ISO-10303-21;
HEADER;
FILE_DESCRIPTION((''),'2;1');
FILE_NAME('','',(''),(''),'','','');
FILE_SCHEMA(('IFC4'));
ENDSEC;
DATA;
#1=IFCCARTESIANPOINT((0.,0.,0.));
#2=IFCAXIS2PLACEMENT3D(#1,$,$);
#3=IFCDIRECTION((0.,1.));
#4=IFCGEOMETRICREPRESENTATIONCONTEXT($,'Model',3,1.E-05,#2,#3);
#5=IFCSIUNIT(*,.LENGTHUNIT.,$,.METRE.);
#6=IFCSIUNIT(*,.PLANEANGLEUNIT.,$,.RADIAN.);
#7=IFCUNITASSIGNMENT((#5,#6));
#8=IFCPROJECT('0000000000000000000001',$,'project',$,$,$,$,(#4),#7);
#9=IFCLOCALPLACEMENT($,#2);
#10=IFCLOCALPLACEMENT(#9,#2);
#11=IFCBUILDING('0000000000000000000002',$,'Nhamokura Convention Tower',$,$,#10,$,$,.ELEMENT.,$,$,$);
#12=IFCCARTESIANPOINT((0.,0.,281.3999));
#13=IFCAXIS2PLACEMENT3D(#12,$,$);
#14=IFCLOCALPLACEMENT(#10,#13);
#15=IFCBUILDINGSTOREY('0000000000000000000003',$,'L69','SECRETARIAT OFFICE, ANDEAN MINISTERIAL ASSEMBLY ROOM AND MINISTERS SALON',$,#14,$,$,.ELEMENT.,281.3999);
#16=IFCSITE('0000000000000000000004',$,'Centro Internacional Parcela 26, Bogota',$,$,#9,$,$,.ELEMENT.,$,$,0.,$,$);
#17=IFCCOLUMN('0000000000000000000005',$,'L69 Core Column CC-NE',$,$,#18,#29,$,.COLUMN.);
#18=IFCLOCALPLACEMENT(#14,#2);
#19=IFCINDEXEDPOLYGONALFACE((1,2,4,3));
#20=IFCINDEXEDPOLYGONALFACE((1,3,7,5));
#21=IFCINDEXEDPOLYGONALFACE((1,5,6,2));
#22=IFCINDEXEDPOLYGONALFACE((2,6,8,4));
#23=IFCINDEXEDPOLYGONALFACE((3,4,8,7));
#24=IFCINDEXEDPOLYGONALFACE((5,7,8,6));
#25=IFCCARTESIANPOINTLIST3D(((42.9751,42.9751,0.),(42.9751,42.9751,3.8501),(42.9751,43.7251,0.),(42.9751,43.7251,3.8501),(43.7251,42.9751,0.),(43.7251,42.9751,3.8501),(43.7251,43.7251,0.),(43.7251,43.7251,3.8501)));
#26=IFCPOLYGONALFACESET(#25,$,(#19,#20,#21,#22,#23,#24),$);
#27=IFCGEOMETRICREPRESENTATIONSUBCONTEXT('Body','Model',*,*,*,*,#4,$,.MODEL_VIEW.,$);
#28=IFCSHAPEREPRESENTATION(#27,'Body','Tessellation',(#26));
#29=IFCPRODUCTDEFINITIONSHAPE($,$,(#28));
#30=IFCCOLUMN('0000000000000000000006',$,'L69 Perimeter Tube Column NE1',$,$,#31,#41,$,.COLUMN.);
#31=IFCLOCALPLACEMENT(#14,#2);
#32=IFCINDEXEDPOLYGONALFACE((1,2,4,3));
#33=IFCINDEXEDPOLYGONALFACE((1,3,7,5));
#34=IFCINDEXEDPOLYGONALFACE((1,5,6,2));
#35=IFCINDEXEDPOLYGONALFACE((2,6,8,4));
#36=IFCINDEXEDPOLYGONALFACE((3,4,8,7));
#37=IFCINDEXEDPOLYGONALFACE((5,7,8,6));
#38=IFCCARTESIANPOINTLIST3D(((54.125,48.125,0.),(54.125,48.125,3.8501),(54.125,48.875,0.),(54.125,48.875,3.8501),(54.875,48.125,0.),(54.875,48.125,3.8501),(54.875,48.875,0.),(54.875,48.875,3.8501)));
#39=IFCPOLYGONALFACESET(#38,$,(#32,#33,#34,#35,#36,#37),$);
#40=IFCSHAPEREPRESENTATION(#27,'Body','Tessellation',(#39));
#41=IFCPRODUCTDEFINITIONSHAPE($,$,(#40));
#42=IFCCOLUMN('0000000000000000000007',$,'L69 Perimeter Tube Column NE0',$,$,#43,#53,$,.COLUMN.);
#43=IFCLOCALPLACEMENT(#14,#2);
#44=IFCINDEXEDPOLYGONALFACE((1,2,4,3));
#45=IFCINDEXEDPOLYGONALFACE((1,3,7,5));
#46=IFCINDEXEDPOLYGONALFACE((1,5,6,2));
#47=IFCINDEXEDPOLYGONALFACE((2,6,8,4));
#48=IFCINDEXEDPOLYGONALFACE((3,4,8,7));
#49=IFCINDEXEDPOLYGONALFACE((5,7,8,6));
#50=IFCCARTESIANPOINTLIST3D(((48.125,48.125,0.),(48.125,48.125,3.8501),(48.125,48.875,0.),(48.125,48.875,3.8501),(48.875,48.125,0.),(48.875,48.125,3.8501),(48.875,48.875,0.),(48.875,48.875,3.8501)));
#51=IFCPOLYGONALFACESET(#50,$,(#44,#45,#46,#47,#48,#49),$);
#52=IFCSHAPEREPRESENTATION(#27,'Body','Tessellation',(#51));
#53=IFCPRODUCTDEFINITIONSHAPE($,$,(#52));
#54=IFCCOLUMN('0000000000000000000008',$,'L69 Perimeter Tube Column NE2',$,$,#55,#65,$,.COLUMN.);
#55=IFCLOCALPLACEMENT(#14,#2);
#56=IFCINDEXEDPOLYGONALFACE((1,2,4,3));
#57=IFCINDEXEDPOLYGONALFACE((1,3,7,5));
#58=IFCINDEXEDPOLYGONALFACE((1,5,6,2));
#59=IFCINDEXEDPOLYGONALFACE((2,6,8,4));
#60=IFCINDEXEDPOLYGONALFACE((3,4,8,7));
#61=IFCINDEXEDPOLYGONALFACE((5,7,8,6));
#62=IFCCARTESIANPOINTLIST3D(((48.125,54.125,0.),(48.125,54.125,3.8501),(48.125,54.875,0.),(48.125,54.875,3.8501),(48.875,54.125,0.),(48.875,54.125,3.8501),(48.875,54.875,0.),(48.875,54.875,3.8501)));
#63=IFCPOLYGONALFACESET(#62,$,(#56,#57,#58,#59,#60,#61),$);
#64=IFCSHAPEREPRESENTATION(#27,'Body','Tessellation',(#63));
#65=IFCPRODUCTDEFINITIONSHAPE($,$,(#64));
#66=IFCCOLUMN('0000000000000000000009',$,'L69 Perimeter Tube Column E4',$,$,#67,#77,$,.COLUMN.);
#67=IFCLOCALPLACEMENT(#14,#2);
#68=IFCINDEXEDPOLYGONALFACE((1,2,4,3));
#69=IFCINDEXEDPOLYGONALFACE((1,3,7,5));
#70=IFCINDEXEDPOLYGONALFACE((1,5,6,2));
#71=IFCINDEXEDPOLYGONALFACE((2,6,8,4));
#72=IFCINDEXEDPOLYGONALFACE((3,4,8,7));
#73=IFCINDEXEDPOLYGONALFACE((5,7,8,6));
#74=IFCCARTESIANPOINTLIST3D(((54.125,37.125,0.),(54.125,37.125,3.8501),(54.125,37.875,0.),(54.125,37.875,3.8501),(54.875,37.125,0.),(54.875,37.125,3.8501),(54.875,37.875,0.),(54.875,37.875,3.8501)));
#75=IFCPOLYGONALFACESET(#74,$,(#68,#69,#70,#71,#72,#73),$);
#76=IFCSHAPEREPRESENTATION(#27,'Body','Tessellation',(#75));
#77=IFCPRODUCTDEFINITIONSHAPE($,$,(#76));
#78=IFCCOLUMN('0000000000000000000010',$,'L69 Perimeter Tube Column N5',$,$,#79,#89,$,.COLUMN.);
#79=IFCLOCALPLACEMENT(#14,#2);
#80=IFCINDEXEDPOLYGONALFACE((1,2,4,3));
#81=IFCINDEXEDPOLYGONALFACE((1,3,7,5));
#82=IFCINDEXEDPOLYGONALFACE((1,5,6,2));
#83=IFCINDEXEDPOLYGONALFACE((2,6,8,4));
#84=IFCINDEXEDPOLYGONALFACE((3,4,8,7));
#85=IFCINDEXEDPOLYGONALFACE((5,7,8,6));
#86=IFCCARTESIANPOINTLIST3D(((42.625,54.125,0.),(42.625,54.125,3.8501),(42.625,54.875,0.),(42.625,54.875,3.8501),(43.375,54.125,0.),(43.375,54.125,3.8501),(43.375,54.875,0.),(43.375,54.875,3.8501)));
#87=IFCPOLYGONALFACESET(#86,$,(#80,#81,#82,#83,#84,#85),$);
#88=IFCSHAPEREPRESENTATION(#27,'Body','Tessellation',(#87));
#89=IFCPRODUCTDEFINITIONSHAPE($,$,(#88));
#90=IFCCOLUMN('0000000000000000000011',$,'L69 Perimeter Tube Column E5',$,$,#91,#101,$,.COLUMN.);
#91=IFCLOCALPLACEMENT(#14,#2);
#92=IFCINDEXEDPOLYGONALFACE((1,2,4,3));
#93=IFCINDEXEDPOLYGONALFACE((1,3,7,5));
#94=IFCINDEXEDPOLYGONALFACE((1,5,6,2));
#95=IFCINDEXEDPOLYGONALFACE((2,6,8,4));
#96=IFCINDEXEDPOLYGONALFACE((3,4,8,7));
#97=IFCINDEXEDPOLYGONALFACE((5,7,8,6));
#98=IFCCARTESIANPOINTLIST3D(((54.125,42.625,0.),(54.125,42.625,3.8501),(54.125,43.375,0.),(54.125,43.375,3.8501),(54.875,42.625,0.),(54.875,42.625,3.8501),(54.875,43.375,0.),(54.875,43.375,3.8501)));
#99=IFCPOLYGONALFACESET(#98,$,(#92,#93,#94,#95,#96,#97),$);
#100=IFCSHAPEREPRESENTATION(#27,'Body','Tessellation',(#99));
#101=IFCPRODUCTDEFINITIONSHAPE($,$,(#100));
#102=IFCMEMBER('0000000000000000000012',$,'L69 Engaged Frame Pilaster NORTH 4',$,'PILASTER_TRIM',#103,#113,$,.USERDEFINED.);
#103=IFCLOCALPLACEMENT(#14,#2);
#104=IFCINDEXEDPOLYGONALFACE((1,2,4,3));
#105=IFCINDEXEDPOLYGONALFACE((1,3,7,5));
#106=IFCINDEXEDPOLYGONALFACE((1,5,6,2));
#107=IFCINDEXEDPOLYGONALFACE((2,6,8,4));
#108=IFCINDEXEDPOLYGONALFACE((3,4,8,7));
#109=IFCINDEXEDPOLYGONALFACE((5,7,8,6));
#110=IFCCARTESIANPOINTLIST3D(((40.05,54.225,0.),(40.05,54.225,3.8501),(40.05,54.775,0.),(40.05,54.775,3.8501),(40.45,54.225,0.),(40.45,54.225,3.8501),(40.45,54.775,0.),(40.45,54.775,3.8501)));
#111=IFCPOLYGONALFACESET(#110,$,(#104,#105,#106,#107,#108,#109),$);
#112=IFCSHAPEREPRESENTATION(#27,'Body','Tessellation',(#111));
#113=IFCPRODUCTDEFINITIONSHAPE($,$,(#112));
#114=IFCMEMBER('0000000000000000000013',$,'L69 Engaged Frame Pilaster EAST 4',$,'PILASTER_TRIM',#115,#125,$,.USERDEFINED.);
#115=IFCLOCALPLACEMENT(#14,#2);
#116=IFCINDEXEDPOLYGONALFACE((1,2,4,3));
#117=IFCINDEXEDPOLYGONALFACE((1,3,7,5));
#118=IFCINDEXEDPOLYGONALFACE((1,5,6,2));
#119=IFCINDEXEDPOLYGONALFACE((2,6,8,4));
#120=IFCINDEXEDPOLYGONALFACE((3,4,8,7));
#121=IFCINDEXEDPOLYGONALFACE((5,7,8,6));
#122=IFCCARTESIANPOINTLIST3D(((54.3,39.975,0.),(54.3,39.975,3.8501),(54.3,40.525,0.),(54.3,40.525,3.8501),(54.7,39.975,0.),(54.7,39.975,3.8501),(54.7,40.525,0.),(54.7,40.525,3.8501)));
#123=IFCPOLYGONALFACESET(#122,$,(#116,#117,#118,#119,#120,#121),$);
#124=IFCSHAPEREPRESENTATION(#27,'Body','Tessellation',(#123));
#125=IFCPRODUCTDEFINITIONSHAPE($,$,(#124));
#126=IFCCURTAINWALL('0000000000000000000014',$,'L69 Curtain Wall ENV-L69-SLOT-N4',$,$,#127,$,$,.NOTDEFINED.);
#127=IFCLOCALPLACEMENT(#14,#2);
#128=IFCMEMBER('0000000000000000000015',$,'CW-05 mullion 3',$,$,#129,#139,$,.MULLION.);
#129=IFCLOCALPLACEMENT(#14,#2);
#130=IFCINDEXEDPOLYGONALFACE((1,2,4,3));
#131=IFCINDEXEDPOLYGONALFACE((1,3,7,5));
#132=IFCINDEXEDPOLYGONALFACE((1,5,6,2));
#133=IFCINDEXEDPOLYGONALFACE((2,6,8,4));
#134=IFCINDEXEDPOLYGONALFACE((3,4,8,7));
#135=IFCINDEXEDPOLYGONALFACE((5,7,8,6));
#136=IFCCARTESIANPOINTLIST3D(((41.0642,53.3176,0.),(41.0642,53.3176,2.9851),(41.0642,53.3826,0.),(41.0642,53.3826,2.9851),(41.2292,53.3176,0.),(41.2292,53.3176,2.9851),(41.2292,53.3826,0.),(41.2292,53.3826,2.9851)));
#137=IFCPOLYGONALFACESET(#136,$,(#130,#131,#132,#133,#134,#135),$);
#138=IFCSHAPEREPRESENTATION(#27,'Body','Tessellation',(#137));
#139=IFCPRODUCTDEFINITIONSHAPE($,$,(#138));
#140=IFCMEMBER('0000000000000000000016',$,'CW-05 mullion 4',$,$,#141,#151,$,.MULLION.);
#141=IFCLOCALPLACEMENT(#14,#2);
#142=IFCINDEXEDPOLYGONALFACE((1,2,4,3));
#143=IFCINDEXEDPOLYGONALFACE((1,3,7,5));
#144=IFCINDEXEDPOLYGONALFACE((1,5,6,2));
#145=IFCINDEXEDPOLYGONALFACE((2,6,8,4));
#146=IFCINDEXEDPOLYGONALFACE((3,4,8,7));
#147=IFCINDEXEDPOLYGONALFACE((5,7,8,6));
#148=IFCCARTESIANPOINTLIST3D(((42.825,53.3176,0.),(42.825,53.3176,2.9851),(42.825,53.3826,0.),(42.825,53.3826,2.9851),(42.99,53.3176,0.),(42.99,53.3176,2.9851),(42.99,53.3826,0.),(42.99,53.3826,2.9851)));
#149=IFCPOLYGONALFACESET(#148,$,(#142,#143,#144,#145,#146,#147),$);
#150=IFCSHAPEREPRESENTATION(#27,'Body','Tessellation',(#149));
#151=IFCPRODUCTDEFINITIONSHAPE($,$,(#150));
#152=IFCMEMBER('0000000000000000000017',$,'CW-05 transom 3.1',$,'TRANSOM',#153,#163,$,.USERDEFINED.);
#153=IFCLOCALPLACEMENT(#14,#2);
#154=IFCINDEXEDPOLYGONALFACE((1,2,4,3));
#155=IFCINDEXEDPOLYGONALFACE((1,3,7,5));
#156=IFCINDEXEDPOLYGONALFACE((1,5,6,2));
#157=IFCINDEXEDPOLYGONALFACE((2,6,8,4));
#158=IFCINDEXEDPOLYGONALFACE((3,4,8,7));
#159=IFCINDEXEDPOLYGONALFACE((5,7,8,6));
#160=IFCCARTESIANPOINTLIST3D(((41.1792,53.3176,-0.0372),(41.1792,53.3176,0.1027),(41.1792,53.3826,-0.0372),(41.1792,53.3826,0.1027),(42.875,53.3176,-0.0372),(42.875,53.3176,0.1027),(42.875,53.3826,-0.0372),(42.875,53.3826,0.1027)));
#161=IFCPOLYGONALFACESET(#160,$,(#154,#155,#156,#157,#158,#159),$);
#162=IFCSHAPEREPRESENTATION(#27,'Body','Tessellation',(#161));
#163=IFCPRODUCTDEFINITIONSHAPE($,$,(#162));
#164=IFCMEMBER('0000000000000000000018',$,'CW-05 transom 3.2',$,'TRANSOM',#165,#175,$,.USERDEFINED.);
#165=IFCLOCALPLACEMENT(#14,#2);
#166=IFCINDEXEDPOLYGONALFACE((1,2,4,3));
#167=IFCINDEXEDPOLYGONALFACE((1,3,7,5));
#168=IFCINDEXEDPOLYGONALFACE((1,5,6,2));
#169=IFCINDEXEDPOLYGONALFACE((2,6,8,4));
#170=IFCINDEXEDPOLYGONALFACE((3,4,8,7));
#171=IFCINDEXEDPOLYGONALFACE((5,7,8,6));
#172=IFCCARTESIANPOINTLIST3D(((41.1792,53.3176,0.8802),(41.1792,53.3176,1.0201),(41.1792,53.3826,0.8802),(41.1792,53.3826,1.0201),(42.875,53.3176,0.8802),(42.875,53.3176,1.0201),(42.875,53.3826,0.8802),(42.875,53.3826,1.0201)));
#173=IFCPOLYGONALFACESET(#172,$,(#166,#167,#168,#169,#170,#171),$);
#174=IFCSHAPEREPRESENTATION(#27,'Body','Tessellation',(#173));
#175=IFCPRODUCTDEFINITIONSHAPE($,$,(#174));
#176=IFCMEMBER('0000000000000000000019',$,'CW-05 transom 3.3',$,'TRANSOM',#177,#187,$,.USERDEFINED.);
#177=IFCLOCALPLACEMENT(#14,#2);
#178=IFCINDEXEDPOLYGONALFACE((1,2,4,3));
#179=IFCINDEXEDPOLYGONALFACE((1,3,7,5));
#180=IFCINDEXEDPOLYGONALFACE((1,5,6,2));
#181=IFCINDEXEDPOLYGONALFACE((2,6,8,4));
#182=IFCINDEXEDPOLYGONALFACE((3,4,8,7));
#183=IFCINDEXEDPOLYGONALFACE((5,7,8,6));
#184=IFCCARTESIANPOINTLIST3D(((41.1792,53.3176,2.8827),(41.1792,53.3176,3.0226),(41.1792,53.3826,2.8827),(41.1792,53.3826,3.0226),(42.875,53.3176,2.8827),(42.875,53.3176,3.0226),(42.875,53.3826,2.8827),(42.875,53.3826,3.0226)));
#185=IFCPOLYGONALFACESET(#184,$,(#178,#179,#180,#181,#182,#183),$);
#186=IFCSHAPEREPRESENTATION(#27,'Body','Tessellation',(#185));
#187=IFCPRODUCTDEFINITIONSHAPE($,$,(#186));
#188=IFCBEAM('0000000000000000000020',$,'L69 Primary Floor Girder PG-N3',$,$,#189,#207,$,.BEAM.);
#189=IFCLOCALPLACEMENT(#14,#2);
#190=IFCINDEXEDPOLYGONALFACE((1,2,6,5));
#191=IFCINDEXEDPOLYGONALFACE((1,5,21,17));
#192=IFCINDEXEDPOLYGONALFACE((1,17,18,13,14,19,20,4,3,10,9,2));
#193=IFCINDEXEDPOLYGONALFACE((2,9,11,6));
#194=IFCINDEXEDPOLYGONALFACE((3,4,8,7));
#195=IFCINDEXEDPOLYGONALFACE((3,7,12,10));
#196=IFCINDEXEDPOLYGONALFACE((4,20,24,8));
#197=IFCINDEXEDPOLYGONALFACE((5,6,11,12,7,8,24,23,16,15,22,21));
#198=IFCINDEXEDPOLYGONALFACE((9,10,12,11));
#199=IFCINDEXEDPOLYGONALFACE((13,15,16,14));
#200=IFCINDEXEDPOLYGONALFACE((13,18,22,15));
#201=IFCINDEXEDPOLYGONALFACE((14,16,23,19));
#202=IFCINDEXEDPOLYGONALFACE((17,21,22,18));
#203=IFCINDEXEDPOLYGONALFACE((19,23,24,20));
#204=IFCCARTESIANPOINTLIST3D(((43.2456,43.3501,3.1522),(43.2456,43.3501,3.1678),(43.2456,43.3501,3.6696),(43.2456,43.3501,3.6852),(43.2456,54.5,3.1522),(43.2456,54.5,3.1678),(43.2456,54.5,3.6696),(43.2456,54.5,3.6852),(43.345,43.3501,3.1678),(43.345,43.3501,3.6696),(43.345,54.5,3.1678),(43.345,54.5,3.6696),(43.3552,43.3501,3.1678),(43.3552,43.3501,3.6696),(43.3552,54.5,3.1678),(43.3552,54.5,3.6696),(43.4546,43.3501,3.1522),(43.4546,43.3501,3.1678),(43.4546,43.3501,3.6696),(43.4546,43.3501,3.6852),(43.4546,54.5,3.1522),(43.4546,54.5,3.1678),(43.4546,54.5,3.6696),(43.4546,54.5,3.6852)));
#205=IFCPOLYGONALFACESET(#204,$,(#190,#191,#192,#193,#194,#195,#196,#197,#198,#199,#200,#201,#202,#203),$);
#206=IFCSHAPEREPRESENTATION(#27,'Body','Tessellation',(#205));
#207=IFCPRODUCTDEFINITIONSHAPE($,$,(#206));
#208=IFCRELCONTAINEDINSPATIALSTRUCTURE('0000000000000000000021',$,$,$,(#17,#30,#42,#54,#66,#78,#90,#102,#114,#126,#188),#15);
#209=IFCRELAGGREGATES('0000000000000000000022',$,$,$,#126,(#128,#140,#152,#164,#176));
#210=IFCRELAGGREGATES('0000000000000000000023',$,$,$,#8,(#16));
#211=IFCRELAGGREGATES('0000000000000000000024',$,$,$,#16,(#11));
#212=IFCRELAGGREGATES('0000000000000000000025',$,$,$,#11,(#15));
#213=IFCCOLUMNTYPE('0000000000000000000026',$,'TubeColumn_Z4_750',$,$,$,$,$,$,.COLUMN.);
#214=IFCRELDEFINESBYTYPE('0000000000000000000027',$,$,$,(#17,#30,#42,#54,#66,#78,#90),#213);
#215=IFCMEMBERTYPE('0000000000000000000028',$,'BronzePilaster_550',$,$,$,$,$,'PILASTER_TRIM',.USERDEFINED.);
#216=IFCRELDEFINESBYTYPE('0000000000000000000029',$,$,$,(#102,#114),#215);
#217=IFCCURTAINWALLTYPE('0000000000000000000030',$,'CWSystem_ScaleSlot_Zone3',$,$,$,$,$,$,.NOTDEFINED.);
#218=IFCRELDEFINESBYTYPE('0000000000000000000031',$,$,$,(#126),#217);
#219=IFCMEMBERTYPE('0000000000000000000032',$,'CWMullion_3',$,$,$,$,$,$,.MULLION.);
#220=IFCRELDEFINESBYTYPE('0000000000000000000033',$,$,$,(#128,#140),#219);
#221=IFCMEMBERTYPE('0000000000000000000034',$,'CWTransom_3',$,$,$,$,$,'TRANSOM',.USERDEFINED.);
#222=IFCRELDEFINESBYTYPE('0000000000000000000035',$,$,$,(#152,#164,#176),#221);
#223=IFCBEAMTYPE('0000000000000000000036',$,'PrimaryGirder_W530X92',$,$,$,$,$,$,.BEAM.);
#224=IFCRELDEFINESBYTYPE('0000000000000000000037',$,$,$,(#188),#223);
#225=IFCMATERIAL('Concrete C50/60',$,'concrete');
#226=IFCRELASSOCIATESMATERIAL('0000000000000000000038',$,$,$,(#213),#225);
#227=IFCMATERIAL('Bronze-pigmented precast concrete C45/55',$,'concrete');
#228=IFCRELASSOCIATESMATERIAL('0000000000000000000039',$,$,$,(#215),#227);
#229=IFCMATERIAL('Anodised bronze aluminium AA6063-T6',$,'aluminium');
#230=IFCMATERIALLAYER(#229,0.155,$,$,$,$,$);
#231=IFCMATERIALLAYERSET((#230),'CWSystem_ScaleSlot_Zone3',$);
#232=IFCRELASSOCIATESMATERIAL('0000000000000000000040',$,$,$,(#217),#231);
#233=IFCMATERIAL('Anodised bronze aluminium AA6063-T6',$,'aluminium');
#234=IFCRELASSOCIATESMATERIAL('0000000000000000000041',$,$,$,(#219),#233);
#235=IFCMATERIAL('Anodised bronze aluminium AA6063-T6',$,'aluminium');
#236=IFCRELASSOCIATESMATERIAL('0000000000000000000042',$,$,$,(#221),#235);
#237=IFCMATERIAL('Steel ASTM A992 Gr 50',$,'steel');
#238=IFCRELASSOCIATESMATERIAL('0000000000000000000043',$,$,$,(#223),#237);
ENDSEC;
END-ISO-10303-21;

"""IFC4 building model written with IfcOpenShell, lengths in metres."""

from ifc_helpers import new_model, si_unit, direction, frame, origin, origin_2d, place, context, subcontext, project, spatial, rectangle, i_section, extrude, material, layer, layer_set, material_profile, profile_set, type_object, element, aggregate, save


model = new_model("IFC4")

# Units and contexts
model_context = context("Model", 3, precision=1e-05, world=origin(), true_north=direction((0.0, 1.0)))
body_context = subcontext(model_context, "Body", "Model", "MODEL_VIEW")
ifc_project = project(units=[si_unit("LENGTHUNIT", "METRE"), si_unit("PLANEANGLEUNIT", "RADIAN")], contexts=[model_context])

# Site, building, storey
site_placement = place(None, origin())
site = spatial("IfcSite", under=ifc_project, at=site_placement, Name="Centro Internacional Parcela 26, Bogota", CompositionType="ELEMENT", RefElevation=0.0)
building_placement = place(site_placement, origin())
building = spatial("IfcBuilding", under=site, at=building_placement, Name="Nhamokura Convention Tower", CompositionType="ELEMENT")
storey_placement = place(building_placement, frame((0.0, 0.0, 281.3999)))
storey = spatial("IfcBuildingStorey", under=building, at=storey_placement, Name="L69", Description="SECRETARIAT OFFICE, ANDEAN MINISTERIAL ASSEMBLY ROOM AND MINISTERS SALON", CompositionType="ELEMENT", Elevation=281.3999)

# Columns
ifc_material_1 = material(Name="Concrete C50/60", Category="concrete")
ifc_material_profile_1 = material_profile(ifc_material_1, rectangle(XDim=0.75, YDim=0.75, at=origin_2d()))
ifc_profile_set_1 = profile_set([ifc_material_profile_1], Name="Concrete C50/60")
column_type = type_object("IfcColumnType", Name="TubeColumn_Z4_750", PredefinedType="COLUMN", material=ifc_profile_set_1)
for number, where, z_axis, x_axis, name in (
    (1, (43.3501, 43.3501, 0.0), (0.0, 0.0, 1.0), (1.0, 0.0, 0.0), "L69 Core Column CC-NE"),
    (2, (54.5, 48.5, 0.0), (0.0, 0.0, 1.0), (1.0, 0.0, 0.0), "L69 Perimeter Tube Column NE1"),
    (3, (48.5, 48.5, 0.0), (0.0, 0.0, 1.0), (1.0, 0.0, 0.0), "L69 Perimeter Tube Column NE0"),
    (4, (48.5, 54.5, 0.0), (0.0, 0.0, 1.0), (1.0, 0.0, 0.0), "L69 Perimeter Tube Column NE2"),
    (5, (54.5, 37.5, 0.0), (0.0, 0.0, 1.0), (1.0, 0.0, 0.0), "L69 Perimeter Tube Column E4"),
    (6, (43.0, 54.5, 0.0), (0.0, 0.0, 1.0), (1.0, 0.0, 0.0), "L69 Perimeter Tube Column N5"),
    (7, (54.5, 43.0, 0.0), (0.0, 0.0, 1.0), (1.0, 0.0, 0.0), "L69 Perimeter Tube Column E5"),
):
    element("IfcColumn", number, at=place(storey_placement, frame(where, z_axis=z_axis, x_axis=x_axis)), inside=storey, type_object=column_type, Name=name, PredefinedType="COLUMN", context=body_context, shape_type="SweptSolid", body=[
        extrude(rectangle(XDim=0.75, YDim=0.75, at=origin_2d()), origin(), (0.0, 0.0, 1.0), 3.8501),
    ])

# Members
ifc_material_2 = material(Name="Bronze-pigmented precast concrete C45/55", Category="concrete")
ifc_material_profile_2 = material_profile(ifc_material_2, rectangle(XDim=0.3999, YDim=0.55, at=origin_2d()))
ifc_profile_set_2 = profile_set([ifc_material_profile_2], Name="Bronze-pigmented precast concrete C45/55")
member_type_1 = type_object("IfcMemberType", Name="BronzePilaster_550", ElementType="PILASTER_TRIM", PredefinedType="USERDEFINED", material=ifc_profile_set_2)
for number, where, z_axis, x_axis, name in (
    (8, (40.25, 54.5, 0.0), (0.0, 0.0, 1.0), (1.0, 0.0, 0.0), "L69 Engaged Frame Pilaster NORTH 4"),
    (9, (54.5, 40.25, 0.0), (0.0, 0.0, 1.0), (1.0, 0.0, 0.0), "L69 Engaged Frame Pilaster EAST 4"),
):
    element("IfcMember", number, at=place(storey_placement, frame(where, z_axis=z_axis, x_axis=x_axis)), inside=storey, type_object=member_type_1, Name=name, ObjectType="PILASTER_TRIM", PredefinedType="USERDEFINED", context=body_context, shape_type="SweptSolid", body=[
        extrude(rectangle(XDim=0.3999, YDim=0.55, at=origin_2d()), origin(), (0.0, 0.0, 1.0), 3.8501),
    ])

# Curtain wall, members
ifc_material_3 = material(Name="Anodised bronze aluminium AA6063-T6", Category="aluminium")
ifc_layer_1 = layer(ifc_material_3, 0.155)
ifc_layer_set_1 = layer_set([ifc_layer_1], Name="CWSystem_ScaleSlot_Zone3")
curtain_wall_type = type_object("IfcCurtainWallType", Name="CWSystem_ScaleSlot_Zone3", PredefinedType="NOTDEFINED", material=ifc_layer_set_1)
curtain_wall_placement = place(storey_placement, origin())
curtain_wall = element("IfcCurtainWall", 10, at=curtain_wall_placement, inside=storey, type_object=curtain_wall_type, Name="L69 Curtain Wall ENV-L69-SLOT-N4", PredefinedType="NOTDEFINED")
ifc_material_4 = material(Name="Anodised bronze aluminium AA6063-T6", Category="aluminium")
ifc_material_profile_3 = material_profile(ifc_material_4, rectangle(XDim=0.0649, YDim=0.165, at=origin_2d()))
ifc_profile_set_3 = profile_set([ifc_material_profile_3], Name="Anodised bronze aluminium AA6063-T6")
member_type_2 = type_object("IfcMemberType", Name="CWMullion_3", PredefinedType="MULLION", material=ifc_profile_set_3)
member_1_placement = place(storey_placement, frame((41.1467, 53.3501, 0.0), z_axis=(0.0, 0.0, 1.0), x_axis=(0.0, 1.0, 0.0)))
member_1 = element("IfcMember", 11, at=member_1_placement, type_object=member_type_2, Name="CW-05 mullion 3", PredefinedType="MULLION", context=body_context, shape_type="SweptSolid", body=[
    extrude(rectangle(XDim=0.0649, YDim=0.165, at=origin_2d()), origin(), (0.0, 0.0, 1.0), 2.9851),
])
member_2_placement = place(storey_placement, frame((42.9075, 53.3501, 0.0), z_axis=(0.0, 0.0, 1.0), x_axis=(0.0, 1.0, 0.0)))
member_2 = element("IfcMember", 12, at=member_2_placement, type_object=member_type_2, Name="CW-05 mullion 4", PredefinedType="MULLION", context=body_context, shape_type="SweptSolid", body=[
    extrude(rectangle(XDim=0.0649, YDim=0.165, at=origin_2d()), origin(), (0.0, 0.0, 1.0), 2.9851),
])
ifc_material_5 = material(Name="Anodised bronze aluminium AA6063-T6", Category="aluminium")
ifc_material_profile_4 = material_profile(ifc_material_5, rectangle(XDim=0.0649, YDim=0.1399, at=origin_2d()))
ifc_profile_set_4 = profile_set([ifc_material_profile_4], Name="Anodised bronze aluminium AA6063-T6")
member_type_3 = type_object("IfcMemberType", Name="CWTransom_3", ElementType="TRANSOM", PredefinedType="USERDEFINED", material=ifc_profile_set_4)
member_3_placement = place(storey_placement, frame((41.1792, 53.3501, 0.0327), z_axis=(1.0, 0.0, 0.0), x_axis=(0.0, 1.0, 0.0)))
member_3 = element("IfcMember", 13, at=member_3_placement, type_object=member_type_3, Name="CW-05 transom 3.1", ObjectType="TRANSOM", PredefinedType="USERDEFINED", context=body_context, shape_type="SweptSolid", body=[
    extrude(rectangle(XDim=0.0649, YDim=0.1399, at=origin_2d()), origin(), (0.0, 0.0, 1.0), 1.6958),
])
member_4_placement = place(storey_placement, frame((41.1792, 53.3501, 0.9502), z_axis=(1.0, 0.0, 0.0), x_axis=(0.0, 1.0, 0.0)))
member_4 = element("IfcMember", 14, at=member_4_placement, type_object=member_type_3, Name="CW-05 transom 3.2", ObjectType="TRANSOM", PredefinedType="USERDEFINED", context=body_context, shape_type="SweptSolid", body=[
    extrude(rectangle(XDim=0.0649, YDim=0.1399, at=origin_2d()), origin(), (0.0, 0.0, 1.0), 1.6958),
])
member_5_placement = place(storey_placement, frame((41.1792, 53.3501, 2.9526), z_axis=(1.0, 0.0, 0.0), x_axis=(0.0, 1.0, 0.0)))
member_5 = element("IfcMember", 15, at=member_5_placement, type_object=member_type_3, Name="CW-05 transom 3.3", ObjectType="TRANSOM", PredefinedType="USERDEFINED", context=body_context, shape_type="SweptSolid", body=[
    extrude(rectangle(XDim=0.0649, YDim=0.1399, at=origin_2d()), origin(), (0.0, 0.0, 1.0), 1.6958),
])

# Beam
ifc_material_6 = material(Name="Steel ASTM A992 Gr 50", Category="steel")
ifc_material_profile_5 = material_profile(ifc_material_6, i_section(OverallWidth=0.209, OverallDepth=0.533, WebThickness=0.0103, FlangeThickness=0.0156, at=origin_2d()))
ifc_profile_set_5 = profile_set([ifc_material_profile_5], Name="Steel ASTM A992 Gr 50")
beam_type_1 = type_object("IfcBeamType", Name="PrimaryGirder_W530X92", PredefinedType="BEAM", material=ifc_profile_set_5)
for number, where, z_axis, x_axis, name in (
    (16, (43.3501, 43.3501, 3.4187), (0.0, 1.0, 0.0), (-1.0, 0.0, 0.0), "L69 Primary Floor Girder PG-N3"),
):
    element("IfcBeam", number, at=place(storey_placement, frame(where, z_axis=z_axis, x_axis=x_axis)), inside=storey, type_object=beam_type_1, Name=name, PredefinedType="BEAM", context=body_context, shape_type="SweptSolid", body=[
        extrude(i_section(OverallWidth=0.209, OverallDepth=0.533, WebThickness=0.0103, FlangeThickness=0.0156, at=origin_2d()), origin(), (0.0, 0.0, 1.0), 11.1499),
    ])

aggregate(curtain_wall, [member_1, member_2, member_3, member_4, member_5])

save(model, "model.ifc")
